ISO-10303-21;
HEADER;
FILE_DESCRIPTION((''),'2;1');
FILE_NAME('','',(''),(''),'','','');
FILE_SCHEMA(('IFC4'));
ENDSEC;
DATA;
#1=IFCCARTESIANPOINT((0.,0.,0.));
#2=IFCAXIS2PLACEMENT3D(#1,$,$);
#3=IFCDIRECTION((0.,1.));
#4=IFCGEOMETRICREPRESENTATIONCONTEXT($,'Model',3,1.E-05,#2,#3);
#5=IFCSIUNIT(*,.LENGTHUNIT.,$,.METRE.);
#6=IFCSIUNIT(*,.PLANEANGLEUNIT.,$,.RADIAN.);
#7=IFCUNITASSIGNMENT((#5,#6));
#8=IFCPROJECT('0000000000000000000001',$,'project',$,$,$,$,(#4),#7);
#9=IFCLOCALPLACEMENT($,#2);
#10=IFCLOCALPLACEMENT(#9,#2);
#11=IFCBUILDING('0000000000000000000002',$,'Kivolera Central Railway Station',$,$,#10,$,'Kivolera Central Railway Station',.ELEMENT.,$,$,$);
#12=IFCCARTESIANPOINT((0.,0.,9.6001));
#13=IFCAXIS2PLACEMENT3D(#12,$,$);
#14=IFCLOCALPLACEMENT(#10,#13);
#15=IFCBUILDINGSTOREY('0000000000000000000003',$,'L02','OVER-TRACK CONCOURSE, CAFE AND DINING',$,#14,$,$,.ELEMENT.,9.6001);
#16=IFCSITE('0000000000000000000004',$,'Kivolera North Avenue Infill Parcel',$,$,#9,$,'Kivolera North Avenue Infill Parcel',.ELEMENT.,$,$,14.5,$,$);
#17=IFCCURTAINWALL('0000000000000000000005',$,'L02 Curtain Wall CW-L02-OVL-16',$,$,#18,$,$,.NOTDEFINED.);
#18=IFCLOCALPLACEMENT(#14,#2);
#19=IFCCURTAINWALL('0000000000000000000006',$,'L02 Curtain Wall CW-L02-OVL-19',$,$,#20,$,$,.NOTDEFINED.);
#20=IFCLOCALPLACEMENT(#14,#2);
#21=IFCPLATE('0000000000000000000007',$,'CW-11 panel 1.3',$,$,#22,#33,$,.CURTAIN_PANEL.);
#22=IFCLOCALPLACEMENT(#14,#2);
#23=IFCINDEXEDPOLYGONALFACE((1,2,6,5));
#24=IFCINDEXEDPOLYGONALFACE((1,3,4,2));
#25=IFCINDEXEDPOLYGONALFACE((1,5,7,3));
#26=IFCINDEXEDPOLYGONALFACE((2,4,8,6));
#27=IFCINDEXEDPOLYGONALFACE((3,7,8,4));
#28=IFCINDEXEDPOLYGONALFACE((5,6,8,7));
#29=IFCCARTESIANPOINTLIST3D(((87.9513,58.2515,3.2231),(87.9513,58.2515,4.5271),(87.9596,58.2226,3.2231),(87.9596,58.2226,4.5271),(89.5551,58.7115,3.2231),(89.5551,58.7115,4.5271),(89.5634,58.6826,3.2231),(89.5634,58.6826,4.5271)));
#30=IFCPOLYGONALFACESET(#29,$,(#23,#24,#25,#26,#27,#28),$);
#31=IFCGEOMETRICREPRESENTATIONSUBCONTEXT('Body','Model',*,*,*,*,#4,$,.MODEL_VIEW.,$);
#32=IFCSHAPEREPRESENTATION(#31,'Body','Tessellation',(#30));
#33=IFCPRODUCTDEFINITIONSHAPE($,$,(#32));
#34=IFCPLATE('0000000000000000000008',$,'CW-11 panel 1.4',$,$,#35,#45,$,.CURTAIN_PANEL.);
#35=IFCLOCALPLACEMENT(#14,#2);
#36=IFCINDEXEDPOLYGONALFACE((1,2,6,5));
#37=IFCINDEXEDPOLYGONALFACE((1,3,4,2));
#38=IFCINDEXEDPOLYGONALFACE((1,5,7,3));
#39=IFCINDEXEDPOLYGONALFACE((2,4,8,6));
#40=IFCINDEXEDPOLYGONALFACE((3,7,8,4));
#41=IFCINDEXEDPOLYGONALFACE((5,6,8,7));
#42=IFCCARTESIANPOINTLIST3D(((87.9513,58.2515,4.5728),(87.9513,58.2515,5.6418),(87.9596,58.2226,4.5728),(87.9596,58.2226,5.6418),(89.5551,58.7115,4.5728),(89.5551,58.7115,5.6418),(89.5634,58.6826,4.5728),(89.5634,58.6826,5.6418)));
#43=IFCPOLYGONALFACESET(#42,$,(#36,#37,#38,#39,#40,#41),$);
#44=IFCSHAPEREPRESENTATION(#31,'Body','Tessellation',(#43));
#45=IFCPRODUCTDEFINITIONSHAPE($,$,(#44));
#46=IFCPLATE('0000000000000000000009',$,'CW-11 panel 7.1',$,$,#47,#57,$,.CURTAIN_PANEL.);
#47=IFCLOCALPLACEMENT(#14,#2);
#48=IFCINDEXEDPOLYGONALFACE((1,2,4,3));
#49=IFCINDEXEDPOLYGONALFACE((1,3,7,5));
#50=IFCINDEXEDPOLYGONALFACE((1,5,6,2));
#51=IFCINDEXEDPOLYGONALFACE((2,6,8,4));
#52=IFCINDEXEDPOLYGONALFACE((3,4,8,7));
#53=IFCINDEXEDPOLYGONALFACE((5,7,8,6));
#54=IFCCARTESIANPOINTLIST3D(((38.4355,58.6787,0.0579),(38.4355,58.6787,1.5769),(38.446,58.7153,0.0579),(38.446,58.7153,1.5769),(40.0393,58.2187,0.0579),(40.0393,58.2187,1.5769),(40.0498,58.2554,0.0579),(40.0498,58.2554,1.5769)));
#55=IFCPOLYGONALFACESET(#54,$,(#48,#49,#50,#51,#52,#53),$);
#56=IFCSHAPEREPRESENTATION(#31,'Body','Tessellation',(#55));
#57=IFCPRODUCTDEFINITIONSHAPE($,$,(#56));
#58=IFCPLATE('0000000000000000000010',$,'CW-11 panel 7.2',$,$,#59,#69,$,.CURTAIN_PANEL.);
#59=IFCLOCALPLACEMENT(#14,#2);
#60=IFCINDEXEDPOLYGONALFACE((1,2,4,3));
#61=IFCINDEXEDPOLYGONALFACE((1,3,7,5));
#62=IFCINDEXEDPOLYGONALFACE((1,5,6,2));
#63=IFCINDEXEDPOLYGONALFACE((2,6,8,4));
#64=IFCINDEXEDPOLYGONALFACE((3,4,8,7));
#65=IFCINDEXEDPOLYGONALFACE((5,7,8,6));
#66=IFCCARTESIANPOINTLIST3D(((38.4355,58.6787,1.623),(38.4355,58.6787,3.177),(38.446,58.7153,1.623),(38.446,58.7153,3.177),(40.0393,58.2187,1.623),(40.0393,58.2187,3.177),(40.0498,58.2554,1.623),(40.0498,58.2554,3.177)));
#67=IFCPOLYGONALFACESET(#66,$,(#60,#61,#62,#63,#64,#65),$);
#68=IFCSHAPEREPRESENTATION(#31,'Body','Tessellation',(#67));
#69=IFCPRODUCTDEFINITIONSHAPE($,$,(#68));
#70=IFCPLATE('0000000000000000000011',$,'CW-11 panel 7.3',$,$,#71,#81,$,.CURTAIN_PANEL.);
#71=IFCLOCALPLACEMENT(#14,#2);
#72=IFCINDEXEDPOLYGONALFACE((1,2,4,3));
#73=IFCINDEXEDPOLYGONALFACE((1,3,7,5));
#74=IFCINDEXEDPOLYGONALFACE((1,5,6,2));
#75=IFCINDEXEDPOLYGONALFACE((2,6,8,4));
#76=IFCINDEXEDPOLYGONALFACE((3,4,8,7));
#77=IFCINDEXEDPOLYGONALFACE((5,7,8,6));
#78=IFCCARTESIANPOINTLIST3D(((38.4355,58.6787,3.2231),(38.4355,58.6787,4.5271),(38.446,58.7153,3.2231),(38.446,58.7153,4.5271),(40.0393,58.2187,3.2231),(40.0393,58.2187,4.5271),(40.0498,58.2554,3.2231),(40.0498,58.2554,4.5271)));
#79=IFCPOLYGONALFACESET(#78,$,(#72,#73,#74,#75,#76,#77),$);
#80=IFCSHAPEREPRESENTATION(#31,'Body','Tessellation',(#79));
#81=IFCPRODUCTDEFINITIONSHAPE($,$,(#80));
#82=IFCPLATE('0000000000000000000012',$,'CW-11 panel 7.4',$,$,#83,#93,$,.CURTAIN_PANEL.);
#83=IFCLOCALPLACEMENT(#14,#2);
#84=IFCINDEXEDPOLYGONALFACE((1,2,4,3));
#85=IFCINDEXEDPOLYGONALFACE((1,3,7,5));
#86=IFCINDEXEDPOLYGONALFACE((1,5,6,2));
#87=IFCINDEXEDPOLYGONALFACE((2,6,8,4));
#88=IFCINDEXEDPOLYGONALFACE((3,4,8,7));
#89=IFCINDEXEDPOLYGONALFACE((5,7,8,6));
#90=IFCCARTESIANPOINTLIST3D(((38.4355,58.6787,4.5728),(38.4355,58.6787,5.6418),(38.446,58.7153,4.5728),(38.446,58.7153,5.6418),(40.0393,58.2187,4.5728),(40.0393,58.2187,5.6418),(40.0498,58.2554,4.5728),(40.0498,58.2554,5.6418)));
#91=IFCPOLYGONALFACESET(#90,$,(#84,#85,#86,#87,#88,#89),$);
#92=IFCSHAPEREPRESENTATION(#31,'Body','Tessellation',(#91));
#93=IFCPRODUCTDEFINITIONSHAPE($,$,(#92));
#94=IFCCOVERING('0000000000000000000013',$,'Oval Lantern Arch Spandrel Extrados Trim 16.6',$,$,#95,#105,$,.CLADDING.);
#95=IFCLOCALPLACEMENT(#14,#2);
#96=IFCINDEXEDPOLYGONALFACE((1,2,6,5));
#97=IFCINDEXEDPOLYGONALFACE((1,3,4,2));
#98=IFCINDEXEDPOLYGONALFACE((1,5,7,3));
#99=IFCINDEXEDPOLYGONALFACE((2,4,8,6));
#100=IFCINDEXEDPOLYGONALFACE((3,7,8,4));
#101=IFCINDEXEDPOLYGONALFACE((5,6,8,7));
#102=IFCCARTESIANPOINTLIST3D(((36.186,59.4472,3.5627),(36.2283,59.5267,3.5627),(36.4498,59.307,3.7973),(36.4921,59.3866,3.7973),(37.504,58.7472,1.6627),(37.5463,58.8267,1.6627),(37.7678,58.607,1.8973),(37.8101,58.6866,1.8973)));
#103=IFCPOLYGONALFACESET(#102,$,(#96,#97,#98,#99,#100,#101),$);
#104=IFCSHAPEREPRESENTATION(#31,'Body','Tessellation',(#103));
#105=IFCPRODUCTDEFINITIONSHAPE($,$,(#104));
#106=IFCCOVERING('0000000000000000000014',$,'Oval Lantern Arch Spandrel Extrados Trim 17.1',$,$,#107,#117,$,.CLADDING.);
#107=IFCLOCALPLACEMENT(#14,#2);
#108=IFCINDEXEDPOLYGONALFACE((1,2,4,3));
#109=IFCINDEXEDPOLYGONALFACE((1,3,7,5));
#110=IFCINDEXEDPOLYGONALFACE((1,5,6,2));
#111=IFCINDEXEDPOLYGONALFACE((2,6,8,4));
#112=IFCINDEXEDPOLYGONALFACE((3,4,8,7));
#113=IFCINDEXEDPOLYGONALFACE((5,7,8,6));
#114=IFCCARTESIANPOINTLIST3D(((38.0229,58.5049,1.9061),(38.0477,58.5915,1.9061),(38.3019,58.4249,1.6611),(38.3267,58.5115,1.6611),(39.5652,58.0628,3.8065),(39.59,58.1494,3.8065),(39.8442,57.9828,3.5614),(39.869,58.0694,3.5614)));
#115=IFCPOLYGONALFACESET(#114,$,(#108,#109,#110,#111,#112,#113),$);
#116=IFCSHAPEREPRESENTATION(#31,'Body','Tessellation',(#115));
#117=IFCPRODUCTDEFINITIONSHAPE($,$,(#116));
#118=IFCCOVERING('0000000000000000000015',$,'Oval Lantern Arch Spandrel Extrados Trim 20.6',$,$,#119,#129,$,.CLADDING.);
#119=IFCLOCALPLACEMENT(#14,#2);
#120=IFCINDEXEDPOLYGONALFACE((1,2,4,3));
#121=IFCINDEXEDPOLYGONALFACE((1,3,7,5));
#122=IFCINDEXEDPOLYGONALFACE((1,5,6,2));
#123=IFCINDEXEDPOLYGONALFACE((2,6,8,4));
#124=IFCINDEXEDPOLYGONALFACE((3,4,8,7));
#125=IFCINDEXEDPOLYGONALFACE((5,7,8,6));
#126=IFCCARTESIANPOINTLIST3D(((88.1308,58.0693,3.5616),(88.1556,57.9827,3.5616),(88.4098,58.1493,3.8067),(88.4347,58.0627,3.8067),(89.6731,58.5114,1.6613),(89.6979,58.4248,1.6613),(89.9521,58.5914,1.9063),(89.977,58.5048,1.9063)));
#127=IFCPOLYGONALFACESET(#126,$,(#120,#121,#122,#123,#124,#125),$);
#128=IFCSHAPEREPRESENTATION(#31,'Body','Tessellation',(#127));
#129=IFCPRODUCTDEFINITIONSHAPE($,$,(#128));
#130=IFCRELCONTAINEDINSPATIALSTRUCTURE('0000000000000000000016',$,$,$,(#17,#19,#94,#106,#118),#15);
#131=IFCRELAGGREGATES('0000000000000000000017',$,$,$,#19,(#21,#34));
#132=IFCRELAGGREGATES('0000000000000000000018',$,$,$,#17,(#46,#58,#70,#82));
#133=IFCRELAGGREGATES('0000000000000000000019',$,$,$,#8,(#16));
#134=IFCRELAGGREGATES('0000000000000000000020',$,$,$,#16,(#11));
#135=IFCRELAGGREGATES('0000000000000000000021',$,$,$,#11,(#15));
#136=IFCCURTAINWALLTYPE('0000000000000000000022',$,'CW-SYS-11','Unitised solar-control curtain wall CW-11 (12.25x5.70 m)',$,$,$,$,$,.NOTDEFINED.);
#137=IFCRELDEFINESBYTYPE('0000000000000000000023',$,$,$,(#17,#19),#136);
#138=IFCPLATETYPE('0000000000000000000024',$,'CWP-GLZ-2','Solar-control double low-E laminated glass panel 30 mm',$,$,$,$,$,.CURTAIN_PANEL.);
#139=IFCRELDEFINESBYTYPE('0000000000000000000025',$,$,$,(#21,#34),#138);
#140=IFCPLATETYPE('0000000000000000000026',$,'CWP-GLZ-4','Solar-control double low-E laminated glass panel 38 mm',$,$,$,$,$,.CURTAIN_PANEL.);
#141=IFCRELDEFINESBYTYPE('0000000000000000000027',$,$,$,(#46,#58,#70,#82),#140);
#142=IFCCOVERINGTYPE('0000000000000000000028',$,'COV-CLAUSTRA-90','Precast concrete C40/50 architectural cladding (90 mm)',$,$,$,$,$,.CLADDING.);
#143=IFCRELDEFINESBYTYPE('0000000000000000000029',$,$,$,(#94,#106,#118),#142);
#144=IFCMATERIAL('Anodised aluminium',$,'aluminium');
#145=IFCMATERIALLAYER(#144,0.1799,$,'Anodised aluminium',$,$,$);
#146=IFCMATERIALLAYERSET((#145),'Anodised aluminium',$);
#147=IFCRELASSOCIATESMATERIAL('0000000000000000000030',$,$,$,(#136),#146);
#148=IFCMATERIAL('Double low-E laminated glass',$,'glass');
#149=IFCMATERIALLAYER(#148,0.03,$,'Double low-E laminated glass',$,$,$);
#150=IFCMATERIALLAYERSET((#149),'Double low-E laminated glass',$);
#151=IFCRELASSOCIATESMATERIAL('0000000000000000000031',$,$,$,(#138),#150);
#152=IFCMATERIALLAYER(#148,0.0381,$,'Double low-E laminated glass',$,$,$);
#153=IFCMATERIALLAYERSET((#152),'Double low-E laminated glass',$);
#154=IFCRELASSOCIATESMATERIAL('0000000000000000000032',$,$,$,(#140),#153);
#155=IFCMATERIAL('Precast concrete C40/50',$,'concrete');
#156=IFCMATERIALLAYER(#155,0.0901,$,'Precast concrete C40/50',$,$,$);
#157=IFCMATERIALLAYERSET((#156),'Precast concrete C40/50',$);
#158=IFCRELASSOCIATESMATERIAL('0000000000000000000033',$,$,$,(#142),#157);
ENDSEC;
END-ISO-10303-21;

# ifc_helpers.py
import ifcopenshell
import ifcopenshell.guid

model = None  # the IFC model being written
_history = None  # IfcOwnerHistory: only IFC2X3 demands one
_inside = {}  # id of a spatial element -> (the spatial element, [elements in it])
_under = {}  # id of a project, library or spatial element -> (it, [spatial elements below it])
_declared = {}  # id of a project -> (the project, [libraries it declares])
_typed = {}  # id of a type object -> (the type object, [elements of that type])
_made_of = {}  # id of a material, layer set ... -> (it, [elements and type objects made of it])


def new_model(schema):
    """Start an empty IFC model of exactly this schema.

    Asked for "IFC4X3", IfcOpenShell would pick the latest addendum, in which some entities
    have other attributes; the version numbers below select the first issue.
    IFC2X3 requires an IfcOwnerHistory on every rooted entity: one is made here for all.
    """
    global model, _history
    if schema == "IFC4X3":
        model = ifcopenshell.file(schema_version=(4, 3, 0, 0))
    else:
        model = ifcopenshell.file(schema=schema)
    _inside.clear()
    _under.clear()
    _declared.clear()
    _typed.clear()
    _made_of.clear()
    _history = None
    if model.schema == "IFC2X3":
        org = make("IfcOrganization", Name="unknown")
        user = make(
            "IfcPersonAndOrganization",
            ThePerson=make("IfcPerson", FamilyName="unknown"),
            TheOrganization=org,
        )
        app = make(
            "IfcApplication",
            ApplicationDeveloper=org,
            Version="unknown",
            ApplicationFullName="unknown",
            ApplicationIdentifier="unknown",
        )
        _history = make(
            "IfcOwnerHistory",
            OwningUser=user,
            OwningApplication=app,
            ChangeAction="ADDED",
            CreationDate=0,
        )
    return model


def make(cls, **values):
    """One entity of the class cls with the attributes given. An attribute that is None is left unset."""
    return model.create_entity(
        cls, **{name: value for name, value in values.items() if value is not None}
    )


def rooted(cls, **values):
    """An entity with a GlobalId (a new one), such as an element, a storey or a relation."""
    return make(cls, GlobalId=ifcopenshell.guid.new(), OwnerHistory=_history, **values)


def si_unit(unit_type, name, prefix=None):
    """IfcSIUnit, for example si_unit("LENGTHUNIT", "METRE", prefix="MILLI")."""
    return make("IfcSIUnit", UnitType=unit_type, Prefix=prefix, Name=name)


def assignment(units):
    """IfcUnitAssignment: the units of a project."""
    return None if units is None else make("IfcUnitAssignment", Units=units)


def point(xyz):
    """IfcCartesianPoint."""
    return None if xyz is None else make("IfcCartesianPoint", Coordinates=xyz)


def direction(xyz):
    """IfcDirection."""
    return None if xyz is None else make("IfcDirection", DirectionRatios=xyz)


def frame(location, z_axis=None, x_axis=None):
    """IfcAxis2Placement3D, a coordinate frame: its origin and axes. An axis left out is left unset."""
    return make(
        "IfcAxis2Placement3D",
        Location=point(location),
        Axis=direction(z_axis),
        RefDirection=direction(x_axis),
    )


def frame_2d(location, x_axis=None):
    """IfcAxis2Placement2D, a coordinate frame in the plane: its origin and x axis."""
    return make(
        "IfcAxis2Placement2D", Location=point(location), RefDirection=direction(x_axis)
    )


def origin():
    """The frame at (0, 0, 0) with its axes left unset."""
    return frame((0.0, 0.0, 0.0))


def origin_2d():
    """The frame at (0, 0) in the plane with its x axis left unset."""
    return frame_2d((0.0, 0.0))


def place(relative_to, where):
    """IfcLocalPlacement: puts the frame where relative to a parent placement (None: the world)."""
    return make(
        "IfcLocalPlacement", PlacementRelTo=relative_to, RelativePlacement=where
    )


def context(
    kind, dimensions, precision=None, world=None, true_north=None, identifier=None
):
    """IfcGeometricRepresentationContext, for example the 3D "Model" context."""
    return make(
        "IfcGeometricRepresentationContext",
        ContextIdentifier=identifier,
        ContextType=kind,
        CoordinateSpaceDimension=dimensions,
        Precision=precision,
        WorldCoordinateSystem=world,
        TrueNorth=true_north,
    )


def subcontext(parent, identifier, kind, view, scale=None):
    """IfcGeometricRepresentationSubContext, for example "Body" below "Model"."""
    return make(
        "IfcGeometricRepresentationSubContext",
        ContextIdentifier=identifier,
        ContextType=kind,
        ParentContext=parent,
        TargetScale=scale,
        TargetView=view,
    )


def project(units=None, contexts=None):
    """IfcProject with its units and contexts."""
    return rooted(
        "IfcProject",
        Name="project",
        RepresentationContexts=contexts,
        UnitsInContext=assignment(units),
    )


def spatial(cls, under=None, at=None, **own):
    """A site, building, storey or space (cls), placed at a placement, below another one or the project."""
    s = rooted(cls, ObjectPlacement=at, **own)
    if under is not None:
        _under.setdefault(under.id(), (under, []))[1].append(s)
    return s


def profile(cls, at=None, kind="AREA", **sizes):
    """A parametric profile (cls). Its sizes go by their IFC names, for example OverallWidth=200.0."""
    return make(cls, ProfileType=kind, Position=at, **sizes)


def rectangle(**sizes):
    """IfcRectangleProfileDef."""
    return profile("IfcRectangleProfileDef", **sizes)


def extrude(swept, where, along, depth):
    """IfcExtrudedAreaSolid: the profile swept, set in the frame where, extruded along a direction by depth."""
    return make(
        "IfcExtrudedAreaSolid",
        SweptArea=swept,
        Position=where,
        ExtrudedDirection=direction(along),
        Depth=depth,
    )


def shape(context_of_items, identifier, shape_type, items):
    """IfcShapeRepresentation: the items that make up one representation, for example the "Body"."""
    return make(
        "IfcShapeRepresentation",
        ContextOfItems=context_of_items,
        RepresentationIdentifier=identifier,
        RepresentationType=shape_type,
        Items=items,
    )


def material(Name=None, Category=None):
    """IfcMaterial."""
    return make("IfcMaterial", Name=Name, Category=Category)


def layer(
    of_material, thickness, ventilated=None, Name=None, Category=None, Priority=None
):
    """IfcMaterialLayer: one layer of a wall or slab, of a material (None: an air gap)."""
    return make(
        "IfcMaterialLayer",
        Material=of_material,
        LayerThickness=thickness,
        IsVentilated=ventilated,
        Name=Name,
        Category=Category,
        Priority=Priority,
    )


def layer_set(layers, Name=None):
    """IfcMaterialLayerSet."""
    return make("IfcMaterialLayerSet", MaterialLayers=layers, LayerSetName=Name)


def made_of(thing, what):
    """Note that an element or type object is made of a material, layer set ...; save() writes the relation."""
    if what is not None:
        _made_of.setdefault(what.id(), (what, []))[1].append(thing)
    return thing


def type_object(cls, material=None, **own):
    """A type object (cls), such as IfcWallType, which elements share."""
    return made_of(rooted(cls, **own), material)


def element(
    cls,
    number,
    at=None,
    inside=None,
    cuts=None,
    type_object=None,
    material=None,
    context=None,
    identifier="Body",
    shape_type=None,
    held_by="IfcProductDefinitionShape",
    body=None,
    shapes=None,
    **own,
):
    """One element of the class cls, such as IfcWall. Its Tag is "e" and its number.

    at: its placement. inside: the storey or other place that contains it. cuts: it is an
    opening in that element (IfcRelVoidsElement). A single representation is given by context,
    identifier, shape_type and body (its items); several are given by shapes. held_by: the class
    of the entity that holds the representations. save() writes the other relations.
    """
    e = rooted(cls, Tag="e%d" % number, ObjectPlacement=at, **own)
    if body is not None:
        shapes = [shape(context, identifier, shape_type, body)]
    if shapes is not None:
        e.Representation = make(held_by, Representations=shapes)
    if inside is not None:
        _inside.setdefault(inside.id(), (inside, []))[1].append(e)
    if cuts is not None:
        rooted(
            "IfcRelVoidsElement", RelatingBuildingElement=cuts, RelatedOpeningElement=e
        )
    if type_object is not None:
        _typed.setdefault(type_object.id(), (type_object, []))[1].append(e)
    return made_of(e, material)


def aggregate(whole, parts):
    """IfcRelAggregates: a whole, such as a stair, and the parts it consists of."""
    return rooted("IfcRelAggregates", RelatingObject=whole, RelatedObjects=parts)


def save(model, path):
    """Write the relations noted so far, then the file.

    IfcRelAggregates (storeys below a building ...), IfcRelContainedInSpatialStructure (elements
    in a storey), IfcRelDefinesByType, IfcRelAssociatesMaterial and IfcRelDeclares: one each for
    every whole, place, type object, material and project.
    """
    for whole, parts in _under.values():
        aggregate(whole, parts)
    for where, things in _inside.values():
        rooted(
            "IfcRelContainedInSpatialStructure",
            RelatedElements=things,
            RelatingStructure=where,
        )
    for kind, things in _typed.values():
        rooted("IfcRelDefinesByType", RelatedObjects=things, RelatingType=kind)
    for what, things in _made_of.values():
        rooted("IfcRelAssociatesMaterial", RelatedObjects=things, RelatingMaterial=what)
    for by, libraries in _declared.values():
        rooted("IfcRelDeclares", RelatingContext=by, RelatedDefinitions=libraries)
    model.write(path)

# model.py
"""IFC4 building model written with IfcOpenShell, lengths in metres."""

from ifc_helpers import new_model, si_unit, direction, frame, origin, origin_2d, place, context, subcontext, project, spatial, rectangle, extrude, material, layer, layer_set, type_object, element, aggregate, save


model = new_model("IFC4")

# Units and contexts
model_context = context("Model", 3, precision=1e-05, world=origin(), true_north=direction((0.0, 1.0)))
body_context = subcontext(model_context, "Body", "Model", "MODEL_VIEW")
ifc_project = project(units=[si_unit("LENGTHUNIT", "METRE"), si_unit("PLANEANGLEUNIT", "RADIAN")], contexts=[model_context])

# Site, building, storey
site_placement = place(None, origin())
site = spatial("IfcSite", under=ifc_project, at=site_placement, Name="Kivolera North Avenue Infill Parcel", LongName="Kivolera North Avenue Infill Parcel", CompositionType="ELEMENT", RefElevation=14.5)
building_placement = place(site_placement, origin())
building = spatial("IfcBuilding", under=site, at=building_placement, Name="Kivolera Central Railway Station", LongName="Kivolera Central Railway Station", CompositionType="ELEMENT")
storey_placement = place(building_placement, frame((0.0, 0.0, 9.6001)))
storey = spatial("IfcBuildingStorey", under=building, at=storey_placement, Name="L02", Description="OVER-TRACK CONCOURSE, CAFE AND DINING", CompositionType="ELEMENT", Elevation=9.6001)

# Shared definitions
ifc_material_1 = material(Name="Anodised aluminium", Category="aluminium")

# Curtain wall
ifc_layer_1 = layer(ifc_material_1, 0.1799, Name="Anodised aluminium")
ifc_layer_set_1 = layer_set([ifc_layer_1], Name="Anodised aluminium")
curtain_wall_type_1 = type_object("IfcCurtainWallType", Name="CW-SYS-11", Description="Unitised solar-control curtain wall CW-11 (12.25x5.70 m)", PredefinedType="NOTDEFINED", material=ifc_layer_set_1)
curtain_wall_1_placement = place(storey_placement, origin())
curtain_wall_1 = element("IfcCurtainWall", 1, at=curtain_wall_1_placement, inside=storey, type_object=curtain_wall_type_1, Name="L02 Curtain Wall CW-L02-OVL-16", PredefinedType="NOTDEFINED")

# Curtain wall
curtain_wall_2_placement = place(storey_placement, origin())
curtain_wall_2 = element("IfcCurtainWall", 2, at=curtain_wall_2_placement, inside=storey, type_object=curtain_wall_type_1, Name="L02 Curtain Wall CW-L02-OVL-19", PredefinedType="NOTDEFINED")

# Plates
ifc_material_2 = material(Name="Double low-E laminated glass", Category="glass")
ifc_layer_2 = layer(ifc_material_2, 0.03, Name="Double low-E laminated glass")
ifc_layer_set_2 = layer_set([ifc_layer_2], Name="Double low-E laminated glass")
plate_type_1 = type_object("IfcPlateType", Name="CWP-GLZ-2", Description="Solar-control double low-E laminated glass panel 30 mm", PredefinedType="CURTAIN_PANEL", material=ifc_layer_set_2)
plate_1_placement = place(storey_placement, frame((88.7573, 58.467, 3.2231), z_axis=(0.0, 0.0, 1.0), x_axis=(-0.961246, -0.275692, 0.0)))
plate_1 = element("IfcPlate", 3, at=plate_1_placement, type_object=plate_type_1, Name="CW-11 panel 1.3", PredefinedType="CURTAIN_PANEL", context=body_context, shape_type="SweptSolid", body=[
    extrude(rectangle(XDim=1.6685, YDim=0.03, at=origin_2d()), origin(), (0.0, 0.0, 1.0), 1.304),
])
plate_2_placement = place(storey_placement, frame((88.7573, 58.467, 4.5728), z_axis=(0.0, 0.0, 1.0), x_axis=(-0.961246, -0.275692, 0.0)))
plate_2 = element("IfcPlate", 4, at=plate_2_placement, type_object=plate_type_1, Name="CW-11 panel 1.4", PredefinedType="CURTAIN_PANEL", context=body_context, shape_type="SweptSolid", body=[
    extrude(rectangle(XDim=1.6685, YDim=0.03, at=origin_2d()), origin(), (0.0, 0.0, 1.0), 1.0691),
])
aggregate(curtain_wall_2, [plate_1, plate_2])
ifc_layer_3 = layer(ifc_material_2, 0.0381, Name="Double low-E laminated glass")
ifc_layer_set_3 = layer_set([ifc_layer_3], Name="Double low-E laminated glass")
plate_type_2 = type_object("IfcPlateType", Name="CWP-GLZ-4", Description="Solar-control double low-E laminated glass panel 38 mm", PredefinedType="CURTAIN_PANEL", material=ifc_layer_set_3)
plate_3_placement = place(storey_placement, frame((39.2427, 58.467, 0.0579), z_axis=(0.0, 0.0, 1.0), x_axis=(-0.961246, 0.275692, 0.0)))
plate_3 = element("IfcPlate", 5, at=plate_3_placement, type_object=plate_type_2, Name="CW-11 panel 7.1", PredefinedType="CURTAIN_PANEL", context=body_context, shape_type="SweptSolid", body=[
    extrude(rectangle(XDim=1.6685, YDim=0.0381, at=origin_2d()), origin(), (0.0, 0.0, 1.0), 1.519),
])
plate_4_placement = place(storey_placement, frame((39.2427, 58.467, 1.623), z_axis=(0.0, 0.0, 1.0), x_axis=(-0.961246, 0.275692, 0.0)))
plate_4 = element("IfcPlate", 6, at=plate_4_placement, type_object=plate_type_2, Name="CW-11 panel 7.2", PredefinedType="CURTAIN_PANEL", context=body_context, shape_type="SweptSolid", body=[
    extrude(rectangle(XDim=1.6685, YDim=0.0381, at=origin_2d()), origin(), (0.0, 0.0, 1.0), 1.554),
])
plate_5_placement = place(storey_placement, frame((39.2427, 58.467, 3.2231), z_axis=(0.0, 0.0, 1.0), x_axis=(-0.961246, 0.275692, 0.0)))
plate_5 = element("IfcPlate", 7, at=plate_5_placement, type_object=plate_type_2, Name="CW-11 panel 7.3", PredefinedType="CURTAIN_PANEL", context=body_context, shape_type="SweptSolid", body=[
    extrude(rectangle(XDim=1.6685, YDim=0.0381, at=origin_2d()), origin(), (0.0, 0.0, 1.0), 1.304),
])
plate_6_placement = place(storey_placement, frame((39.2427, 58.467, 4.5728), z_axis=(0.0, 0.0, 1.0), x_axis=(-0.961246, 0.275692, 0.0)))
plate_6 = element("IfcPlate", 8, at=plate_6_placement, type_object=plate_type_2, Name="CW-11 panel 7.4", PredefinedType="CURTAIN_PANEL", context=body_context, shape_type="SweptSolid", body=[
    extrude(rectangle(XDim=1.6685, YDim=0.0381, at=origin_2d()), origin(), (0.0, 0.0, 1.0), 1.0691),
])
aggregate(curtain_wall_1, [plate_3, plate_4, plate_5, plate_6])

# Coverings
ifc_material_3 = material(Name="Precast concrete C40/50", Category="concrete")
ifc_layer_4 = layer(ifc_material_3, 0.0901, Name="Precast concrete C40/50")
ifc_layer_set_4 = layer_set([ifc_layer_4], Name="Precast concrete C40/50")
covering_type = type_object("IfcCoveringType", Name="COV-CLAUSTRA-90", Description="Precast concrete C40/50 architectural cladding (90 mm)", PredefinedType="CLADDING", material=ifc_layer_set_4)
covering_placement = place(storey_placement, frame((36.998, 59.0669, 2.73), z_axis=(0.545527, -0.289733, -0.786419), x_axis=(-0.469119, -0.883135, 0.0)))
element("IfcCovering", 9, at=covering_placement, inside=storey, type_object=covering_type, Name="Oval Lantern Arch Spandrel Extrados Trim 16.6", PredefinedType="CLADDING", context=body_context, shape_type="SweptSolid", body=[
    extrude(rectangle(XDim=0.0901, YDim=0.3799, at=origin_2d()), frame((0.0, 0.0, -1.208)), (0.0, 0.0, 1.0), 2.416),
])
for number, where, z_axis, x_axis, name in (
    (10, (38.946, 58.2871, 2.7339), (0.620126, -0.177753, 0.764099), (-0.275632, -0.961263, 0.0), "Oval Lantern Arch Spandrel Extrados Trim 17.1"),
    (11, (89.054, 58.2871, 2.7339), (0.620126, 0.177753, -0.764099), (0.275632, -0.961263, 0.0), "Oval Lantern Arch Spandrel Extrados Trim 20.6"),
):
    element("IfcCovering", number, at=place(storey_placement, frame(where, z_axis=z_axis, x_axis=x_axis)), inside=storey, type_object=covering_type, Name=name, PredefinedType="CLADDING", context=body_context, shape_type="SweptSolid", body=[
        extrude(rectangle(XDim=0.0901, YDim=0.3799, at=origin_2d()), frame((0.0, 0.0, -1.2437)), (0.0, 0.0, 1.0), 2.4871),
    ])

save(model, "model.ifc")
